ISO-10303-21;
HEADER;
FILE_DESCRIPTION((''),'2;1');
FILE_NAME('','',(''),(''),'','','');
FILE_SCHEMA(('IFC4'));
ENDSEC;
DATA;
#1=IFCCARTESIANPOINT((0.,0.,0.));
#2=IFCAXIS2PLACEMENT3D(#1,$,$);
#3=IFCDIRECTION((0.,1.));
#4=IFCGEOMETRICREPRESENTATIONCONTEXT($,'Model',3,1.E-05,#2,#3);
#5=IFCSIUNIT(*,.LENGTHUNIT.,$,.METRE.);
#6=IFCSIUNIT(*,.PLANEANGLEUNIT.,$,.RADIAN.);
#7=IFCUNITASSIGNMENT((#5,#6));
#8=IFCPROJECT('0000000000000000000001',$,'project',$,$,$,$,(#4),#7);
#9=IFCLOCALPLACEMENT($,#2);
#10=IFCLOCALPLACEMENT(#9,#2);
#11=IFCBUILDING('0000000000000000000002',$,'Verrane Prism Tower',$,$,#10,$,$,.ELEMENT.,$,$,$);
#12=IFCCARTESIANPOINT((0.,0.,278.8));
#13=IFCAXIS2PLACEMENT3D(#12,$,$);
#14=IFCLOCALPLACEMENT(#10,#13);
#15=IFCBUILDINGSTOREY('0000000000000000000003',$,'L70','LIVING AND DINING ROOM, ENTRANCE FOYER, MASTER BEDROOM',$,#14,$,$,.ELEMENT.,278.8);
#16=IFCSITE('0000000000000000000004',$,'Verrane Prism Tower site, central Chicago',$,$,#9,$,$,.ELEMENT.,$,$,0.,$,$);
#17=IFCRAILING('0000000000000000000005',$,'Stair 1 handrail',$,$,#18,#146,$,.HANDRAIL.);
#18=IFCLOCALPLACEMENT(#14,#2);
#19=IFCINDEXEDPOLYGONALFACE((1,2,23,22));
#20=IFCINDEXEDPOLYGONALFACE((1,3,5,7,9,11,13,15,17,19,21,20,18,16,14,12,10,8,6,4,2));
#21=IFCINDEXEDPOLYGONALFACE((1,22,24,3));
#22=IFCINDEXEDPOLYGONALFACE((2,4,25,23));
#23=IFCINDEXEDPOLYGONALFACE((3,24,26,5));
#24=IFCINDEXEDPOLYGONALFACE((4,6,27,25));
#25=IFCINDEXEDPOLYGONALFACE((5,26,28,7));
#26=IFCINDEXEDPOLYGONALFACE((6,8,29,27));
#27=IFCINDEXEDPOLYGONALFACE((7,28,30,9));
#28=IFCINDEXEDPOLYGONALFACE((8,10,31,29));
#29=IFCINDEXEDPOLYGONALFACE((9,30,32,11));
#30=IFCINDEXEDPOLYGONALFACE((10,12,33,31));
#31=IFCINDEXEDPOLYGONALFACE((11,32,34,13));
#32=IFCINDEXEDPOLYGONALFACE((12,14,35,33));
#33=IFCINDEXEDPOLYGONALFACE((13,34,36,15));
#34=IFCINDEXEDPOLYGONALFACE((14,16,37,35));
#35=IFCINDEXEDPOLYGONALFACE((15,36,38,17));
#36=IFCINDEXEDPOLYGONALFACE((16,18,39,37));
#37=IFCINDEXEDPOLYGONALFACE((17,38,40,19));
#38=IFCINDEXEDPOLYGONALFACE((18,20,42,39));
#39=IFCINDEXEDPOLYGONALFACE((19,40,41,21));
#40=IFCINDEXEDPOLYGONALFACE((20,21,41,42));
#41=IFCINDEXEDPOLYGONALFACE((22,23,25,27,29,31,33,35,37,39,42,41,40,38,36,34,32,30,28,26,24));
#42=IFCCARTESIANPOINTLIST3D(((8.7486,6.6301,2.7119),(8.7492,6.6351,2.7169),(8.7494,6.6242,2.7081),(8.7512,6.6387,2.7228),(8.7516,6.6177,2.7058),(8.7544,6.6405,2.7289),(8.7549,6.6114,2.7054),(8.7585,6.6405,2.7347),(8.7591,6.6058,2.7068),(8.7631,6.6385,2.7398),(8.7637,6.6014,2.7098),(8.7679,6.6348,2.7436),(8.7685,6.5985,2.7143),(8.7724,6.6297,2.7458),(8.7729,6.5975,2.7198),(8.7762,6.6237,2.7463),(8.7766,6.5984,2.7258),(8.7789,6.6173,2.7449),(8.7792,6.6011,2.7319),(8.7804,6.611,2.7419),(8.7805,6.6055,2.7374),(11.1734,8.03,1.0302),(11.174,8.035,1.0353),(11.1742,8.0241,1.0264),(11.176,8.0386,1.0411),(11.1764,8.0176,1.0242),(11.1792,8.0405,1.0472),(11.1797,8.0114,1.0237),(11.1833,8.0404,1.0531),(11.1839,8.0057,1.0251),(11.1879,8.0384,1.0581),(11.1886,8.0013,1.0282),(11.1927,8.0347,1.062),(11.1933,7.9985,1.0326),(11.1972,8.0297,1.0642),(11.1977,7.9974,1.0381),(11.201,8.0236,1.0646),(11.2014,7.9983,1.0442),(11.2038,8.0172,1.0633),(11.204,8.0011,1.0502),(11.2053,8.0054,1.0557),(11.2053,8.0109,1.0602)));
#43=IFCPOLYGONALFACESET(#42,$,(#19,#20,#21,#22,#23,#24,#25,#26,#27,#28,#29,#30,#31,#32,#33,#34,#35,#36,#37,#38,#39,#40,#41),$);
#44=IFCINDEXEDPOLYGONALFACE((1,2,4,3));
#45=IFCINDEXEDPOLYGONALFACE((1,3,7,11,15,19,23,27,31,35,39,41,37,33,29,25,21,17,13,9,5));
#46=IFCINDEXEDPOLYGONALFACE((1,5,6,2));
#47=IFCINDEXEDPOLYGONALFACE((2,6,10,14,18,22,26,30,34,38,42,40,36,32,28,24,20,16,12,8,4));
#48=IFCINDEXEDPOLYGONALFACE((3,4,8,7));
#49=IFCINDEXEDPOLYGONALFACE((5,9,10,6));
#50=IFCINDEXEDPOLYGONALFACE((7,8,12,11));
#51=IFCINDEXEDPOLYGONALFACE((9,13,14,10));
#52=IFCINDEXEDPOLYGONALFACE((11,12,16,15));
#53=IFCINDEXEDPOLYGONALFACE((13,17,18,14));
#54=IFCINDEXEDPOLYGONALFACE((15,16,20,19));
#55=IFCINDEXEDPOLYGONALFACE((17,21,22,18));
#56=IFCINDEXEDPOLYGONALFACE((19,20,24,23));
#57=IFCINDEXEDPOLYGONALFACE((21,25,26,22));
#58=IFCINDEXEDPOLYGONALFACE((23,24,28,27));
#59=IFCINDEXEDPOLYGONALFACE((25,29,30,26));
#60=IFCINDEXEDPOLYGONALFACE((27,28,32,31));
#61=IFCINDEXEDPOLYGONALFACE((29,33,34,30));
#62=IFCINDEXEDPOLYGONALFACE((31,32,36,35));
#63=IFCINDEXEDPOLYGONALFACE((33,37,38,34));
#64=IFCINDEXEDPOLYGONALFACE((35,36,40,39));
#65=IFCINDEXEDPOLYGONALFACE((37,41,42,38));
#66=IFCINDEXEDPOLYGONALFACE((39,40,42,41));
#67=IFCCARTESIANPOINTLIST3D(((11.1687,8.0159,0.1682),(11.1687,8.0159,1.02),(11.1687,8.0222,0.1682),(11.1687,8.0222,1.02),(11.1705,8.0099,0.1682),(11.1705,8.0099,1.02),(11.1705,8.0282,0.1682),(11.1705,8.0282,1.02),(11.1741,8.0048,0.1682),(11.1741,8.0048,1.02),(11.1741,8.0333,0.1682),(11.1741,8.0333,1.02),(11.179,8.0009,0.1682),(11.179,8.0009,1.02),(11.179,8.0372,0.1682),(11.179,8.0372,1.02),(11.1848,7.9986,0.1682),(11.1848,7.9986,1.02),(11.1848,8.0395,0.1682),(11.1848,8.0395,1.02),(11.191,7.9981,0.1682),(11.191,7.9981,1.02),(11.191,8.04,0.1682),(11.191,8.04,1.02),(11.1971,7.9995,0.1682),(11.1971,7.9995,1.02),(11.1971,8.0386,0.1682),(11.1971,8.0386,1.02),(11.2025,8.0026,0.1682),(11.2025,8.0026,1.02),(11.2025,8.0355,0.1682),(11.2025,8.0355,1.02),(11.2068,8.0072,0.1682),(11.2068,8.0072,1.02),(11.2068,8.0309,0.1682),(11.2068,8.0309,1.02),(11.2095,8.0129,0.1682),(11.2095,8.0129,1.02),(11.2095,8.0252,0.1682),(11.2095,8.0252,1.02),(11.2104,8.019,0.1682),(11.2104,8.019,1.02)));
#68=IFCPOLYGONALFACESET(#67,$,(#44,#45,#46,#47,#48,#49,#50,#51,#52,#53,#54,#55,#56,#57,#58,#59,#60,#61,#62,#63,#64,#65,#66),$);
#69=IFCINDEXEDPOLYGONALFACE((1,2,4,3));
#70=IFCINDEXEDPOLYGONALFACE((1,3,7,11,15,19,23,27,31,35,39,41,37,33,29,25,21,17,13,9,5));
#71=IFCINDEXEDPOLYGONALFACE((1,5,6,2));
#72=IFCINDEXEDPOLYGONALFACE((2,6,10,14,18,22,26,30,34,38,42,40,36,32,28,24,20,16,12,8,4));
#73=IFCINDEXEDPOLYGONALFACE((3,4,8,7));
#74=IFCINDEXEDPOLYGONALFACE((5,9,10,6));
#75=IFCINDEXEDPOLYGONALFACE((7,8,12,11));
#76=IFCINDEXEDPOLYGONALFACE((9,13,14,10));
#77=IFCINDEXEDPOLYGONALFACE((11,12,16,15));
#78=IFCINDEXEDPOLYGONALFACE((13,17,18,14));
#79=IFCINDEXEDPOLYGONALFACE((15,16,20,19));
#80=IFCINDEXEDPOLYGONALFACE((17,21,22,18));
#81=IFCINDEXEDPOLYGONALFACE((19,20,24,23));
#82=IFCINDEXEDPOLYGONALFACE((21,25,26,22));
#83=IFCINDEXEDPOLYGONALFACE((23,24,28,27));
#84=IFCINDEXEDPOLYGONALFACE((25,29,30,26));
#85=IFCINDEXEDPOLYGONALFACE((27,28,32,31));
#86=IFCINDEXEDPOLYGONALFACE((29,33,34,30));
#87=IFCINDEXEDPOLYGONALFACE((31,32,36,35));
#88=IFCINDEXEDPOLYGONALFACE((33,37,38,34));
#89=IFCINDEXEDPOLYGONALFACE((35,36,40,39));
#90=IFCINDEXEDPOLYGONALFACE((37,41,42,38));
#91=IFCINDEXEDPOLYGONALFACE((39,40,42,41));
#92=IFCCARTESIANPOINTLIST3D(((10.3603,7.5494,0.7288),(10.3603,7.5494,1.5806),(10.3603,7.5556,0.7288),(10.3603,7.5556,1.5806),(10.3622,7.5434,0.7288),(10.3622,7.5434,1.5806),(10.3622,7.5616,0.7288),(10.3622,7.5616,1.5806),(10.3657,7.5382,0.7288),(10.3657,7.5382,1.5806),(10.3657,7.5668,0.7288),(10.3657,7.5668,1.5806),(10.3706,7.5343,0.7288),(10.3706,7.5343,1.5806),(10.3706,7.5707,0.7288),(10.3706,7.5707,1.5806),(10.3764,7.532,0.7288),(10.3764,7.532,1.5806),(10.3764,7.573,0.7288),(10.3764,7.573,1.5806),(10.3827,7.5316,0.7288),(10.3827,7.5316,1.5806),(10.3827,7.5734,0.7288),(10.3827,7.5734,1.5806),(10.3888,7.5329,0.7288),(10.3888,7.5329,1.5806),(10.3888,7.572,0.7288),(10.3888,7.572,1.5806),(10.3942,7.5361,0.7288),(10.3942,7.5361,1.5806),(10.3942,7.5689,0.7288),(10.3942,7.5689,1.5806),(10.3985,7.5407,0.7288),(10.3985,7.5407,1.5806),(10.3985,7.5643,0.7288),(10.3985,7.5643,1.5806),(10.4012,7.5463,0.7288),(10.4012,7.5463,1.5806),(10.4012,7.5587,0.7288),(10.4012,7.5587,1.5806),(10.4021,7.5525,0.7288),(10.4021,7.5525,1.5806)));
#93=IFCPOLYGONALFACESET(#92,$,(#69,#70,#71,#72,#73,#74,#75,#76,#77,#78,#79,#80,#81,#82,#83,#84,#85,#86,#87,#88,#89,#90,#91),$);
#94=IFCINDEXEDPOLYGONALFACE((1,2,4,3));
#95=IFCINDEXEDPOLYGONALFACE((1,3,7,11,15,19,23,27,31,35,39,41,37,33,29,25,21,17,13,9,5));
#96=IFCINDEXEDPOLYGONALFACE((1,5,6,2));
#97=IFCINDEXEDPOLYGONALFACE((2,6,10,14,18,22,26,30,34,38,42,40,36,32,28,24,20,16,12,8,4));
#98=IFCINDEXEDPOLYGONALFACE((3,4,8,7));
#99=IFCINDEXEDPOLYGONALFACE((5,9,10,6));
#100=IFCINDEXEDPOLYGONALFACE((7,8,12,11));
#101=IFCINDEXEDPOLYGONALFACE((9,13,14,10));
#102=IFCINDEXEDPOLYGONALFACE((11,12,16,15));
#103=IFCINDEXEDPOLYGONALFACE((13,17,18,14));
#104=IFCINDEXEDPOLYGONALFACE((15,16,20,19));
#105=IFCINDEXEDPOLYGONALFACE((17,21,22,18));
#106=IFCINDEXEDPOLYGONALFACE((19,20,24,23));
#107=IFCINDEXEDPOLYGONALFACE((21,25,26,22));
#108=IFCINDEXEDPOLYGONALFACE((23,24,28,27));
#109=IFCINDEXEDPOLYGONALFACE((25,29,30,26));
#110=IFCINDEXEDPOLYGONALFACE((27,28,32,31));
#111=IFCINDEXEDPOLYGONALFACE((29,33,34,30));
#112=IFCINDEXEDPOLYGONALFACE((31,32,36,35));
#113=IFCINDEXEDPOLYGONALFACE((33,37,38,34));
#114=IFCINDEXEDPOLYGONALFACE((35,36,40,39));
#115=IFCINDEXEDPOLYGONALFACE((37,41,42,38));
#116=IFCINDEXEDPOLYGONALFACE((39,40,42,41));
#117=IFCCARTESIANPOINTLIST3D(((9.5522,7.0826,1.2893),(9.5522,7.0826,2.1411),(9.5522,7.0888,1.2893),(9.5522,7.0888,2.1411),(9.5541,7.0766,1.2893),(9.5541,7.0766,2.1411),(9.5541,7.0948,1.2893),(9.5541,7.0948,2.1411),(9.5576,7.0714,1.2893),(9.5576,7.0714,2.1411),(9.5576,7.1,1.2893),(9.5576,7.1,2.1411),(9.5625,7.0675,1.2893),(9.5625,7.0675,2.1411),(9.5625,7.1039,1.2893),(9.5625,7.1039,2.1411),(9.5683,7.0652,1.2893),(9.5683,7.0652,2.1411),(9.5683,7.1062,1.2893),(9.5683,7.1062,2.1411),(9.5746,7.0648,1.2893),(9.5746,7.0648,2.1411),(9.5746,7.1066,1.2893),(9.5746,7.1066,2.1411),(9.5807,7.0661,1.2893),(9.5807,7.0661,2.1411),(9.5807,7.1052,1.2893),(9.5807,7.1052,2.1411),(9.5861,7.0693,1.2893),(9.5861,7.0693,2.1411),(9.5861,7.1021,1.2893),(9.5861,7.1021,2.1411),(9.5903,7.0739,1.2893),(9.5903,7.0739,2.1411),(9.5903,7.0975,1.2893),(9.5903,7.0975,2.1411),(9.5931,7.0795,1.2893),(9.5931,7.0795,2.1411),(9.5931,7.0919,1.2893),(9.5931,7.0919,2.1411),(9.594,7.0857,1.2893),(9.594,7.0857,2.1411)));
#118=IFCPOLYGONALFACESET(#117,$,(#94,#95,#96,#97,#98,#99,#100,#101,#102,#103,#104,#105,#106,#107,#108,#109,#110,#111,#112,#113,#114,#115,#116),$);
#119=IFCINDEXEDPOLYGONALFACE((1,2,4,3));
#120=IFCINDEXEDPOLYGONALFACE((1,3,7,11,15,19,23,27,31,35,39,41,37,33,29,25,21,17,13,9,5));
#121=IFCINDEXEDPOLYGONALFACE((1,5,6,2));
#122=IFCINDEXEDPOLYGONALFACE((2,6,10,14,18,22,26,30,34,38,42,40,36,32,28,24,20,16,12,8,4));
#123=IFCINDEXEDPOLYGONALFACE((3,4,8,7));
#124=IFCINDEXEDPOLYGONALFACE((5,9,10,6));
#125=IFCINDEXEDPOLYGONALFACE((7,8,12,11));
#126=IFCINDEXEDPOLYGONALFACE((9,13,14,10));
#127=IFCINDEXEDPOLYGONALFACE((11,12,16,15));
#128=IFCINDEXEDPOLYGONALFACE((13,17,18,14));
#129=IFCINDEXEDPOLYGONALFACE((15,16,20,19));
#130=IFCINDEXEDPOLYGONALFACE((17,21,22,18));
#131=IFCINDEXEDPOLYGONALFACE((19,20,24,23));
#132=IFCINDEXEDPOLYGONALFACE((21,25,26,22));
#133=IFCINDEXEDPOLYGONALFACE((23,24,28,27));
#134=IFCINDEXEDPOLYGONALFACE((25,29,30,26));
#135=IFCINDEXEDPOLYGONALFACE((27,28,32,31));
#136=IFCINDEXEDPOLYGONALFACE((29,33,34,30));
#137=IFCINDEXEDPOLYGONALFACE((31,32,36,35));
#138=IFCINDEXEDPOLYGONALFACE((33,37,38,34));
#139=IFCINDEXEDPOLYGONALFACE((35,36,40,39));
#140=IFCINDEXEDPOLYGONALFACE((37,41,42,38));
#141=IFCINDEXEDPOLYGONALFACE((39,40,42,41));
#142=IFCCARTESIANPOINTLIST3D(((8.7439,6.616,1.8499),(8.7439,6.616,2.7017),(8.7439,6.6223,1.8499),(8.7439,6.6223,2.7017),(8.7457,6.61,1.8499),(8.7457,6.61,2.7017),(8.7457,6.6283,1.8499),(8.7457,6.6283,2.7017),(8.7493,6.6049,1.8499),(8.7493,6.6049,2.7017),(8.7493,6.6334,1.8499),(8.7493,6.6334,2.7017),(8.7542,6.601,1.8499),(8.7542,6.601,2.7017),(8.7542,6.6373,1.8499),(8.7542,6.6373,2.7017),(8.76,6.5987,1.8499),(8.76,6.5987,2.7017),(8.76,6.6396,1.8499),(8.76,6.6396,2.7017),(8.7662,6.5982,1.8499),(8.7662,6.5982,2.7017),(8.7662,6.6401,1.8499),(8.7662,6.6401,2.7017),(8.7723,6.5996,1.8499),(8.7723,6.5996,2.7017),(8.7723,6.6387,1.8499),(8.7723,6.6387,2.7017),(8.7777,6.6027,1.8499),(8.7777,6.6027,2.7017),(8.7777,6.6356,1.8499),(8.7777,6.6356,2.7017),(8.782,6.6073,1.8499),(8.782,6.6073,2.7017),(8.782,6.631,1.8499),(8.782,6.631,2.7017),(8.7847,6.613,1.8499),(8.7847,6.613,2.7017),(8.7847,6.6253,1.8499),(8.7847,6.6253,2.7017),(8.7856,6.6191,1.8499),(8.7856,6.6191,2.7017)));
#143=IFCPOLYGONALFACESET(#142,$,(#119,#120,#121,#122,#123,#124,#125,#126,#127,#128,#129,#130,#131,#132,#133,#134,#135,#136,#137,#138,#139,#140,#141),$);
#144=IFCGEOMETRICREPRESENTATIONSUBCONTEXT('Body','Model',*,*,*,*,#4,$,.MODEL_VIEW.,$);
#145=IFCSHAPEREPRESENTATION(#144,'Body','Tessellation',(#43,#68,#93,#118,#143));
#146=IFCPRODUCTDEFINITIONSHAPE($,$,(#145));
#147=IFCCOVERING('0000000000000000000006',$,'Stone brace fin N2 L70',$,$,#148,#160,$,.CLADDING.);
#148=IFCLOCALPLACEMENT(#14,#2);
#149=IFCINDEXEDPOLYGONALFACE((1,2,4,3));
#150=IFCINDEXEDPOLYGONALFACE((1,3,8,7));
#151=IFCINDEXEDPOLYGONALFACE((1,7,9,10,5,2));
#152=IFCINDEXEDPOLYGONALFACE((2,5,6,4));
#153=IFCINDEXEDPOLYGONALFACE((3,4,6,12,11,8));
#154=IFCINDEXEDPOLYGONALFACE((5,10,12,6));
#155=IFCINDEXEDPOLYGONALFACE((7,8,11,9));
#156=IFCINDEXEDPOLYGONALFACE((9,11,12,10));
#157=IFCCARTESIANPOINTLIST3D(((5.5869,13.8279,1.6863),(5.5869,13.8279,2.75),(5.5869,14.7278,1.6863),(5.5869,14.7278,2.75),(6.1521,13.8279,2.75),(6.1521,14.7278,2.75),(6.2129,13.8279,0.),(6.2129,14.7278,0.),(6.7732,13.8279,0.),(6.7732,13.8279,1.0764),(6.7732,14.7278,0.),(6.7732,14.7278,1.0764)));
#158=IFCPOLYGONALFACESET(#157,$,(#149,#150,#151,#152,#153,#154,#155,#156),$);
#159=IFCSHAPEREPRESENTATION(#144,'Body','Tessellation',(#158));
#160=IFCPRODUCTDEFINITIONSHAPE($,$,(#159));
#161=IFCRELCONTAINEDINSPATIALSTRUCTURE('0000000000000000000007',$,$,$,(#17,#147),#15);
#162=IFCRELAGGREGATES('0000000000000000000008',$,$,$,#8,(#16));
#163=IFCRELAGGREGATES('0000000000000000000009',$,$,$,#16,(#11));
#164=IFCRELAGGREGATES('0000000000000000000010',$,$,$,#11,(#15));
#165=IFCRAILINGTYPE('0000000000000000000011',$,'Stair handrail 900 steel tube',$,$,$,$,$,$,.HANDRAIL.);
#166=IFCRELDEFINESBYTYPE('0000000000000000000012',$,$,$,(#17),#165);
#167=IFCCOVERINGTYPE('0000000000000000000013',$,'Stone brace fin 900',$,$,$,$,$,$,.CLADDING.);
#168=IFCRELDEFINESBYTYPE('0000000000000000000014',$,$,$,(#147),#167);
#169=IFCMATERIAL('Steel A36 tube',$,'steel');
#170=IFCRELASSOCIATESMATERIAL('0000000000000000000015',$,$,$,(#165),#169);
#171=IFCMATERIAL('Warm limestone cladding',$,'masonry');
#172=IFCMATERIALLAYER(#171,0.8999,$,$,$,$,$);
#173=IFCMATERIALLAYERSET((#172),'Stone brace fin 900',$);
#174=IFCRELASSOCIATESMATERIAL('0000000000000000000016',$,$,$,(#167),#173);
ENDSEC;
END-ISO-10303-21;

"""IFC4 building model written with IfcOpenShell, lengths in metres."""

from ifc_helpers import new_model, si_unit, direction, frame, origin, origin_2d, place, context, subcontext, project, spatial, polyline, circle, outline, extrude, material, layer, layer_set, type_object, element, save


model = new_model("IFC4")

# Units and contexts
model_context = context("Model", 3, precision=1e-05, world=origin(), true_north=direction((0.0, 1.0)))
body_context = subcontext(model_context, "Body", "Model", "MODEL_VIEW")
ifc_project = project(units=[si_unit("LENGTHUNIT", "METRE"), si_unit("PLANEANGLEUNIT", "RADIAN")], contexts=[model_context])

# Site, building, storey
site_placement = place(None, origin())
site = spatial("IfcSite", under=ifc_project, at=site_placement, Name="Verrane Prism Tower site, central Chicago", CompositionType="ELEMENT", RefElevation=0.0)
building_placement = place(site_placement, origin())
building = spatial("IfcBuilding", under=site, at=building_placement, Name="Verrane Prism Tower", CompositionType="ELEMENT")
storey_placement = place(building_placement, frame((0.0, 0.0, 278.8)))
storey = spatial("IfcBuildingStorey", under=building, at=storey_placement, Name="L70", Description="LIVING AND DINING ROOM, ENTRANCE FOYER, MASTER BEDROOM", CompositionType="ELEMENT", Elevation=278.8)

# Railing
ifc_material_1 = material(Name="Steel A36 tube", Category="steel")
railing_type_1 = type_object("IfcRailingType", Name="Stair handrail 900 steel tube", PredefinedType="HANDRAIL", material=ifc_material_1)
railing_1_placement = place(storey_placement, frame((11.1895, 8.019, 0.1682)))
element("IfcRailing", 1, at=railing_1_placement, inside=storey, type_object=railing_type_1, Name="Stair 1 handrail", PredefinedType="HANDRAIL", context=body_context, shape_type="SweptSolid", body=[
    extrude(circle(Radius=0.0239, at=origin_2d()), frame((0.0, 0.0, 0.876), z_axis=(-0.742419, -0.428618, 0.514879), x_axis=(0.499984, -0.866035, 0.0)), (0.0, 0.0, 1.0), 3.2661),
    extrude(circle(Radius=0.021, at=origin_2d()), origin(), (0.0, 0.0, 1.0), 0.8518),
    extrude(circle(Radius=0.021, at=origin_2d()), frame((-0.8083, -0.4666, 0.5605)), (0.0, 0.0, 1.0), 0.8518),
    extrude(circle(Radius=0.021, at=origin_2d()), frame((-1.6165, -0.9333, 1.1211)), (0.0, 0.0, 1.0), 0.8518),
    extrude(circle(Radius=0.021, at=origin_2d()), frame((-2.4248, -1.3999, 1.6816)), (0.0, 0.0, 1.0), 0.8518),
])

# Covering
ifc_material_2 = material(Name="Warm limestone cladding", Category="masonry")
ifc_layer_1 = layer(ifc_material_2, 0.8999)
ifc_layer_set_1 = layer_set([ifc_layer_1], Name="Stone brace fin 900")
covering_type = type_object("IfcCoveringType", Name="Stone brace fin 900", PredefinedType="CLADDING", material=ifc_layer_set_1)
covering_placement = place(storey_placement, frame((6.7732, 14.2778, 0.0), z_axis=(0.0, 0.0, 1.0), x_axis=(-1.0, 0.0, 0.0)))
element("IfcCovering", 2, at=covering_placement, inside=storey, type_object=covering_type, Name="Stone brace fin N2 L70", PredefinedType="CLADDING", context=body_context, shape_type="SweptSolid", body=[
    extrude(outline(polyline([(1.1863, 2.75), (0.6211, 2.75), (0.0, 1.0764), (0.0, 0.0), (0.5603, 0.0), (1.1863, 1.6863), (1.1863, 2.75)])), frame((0.0, 0.45, 0.0), z_axis=(0.0, -1.0, 0.0), x_axis=(1.0, 0.0, 0.0)), (0.0, 0.0, 1.0), 0.8999),
])

save(model, "model.ifc")
